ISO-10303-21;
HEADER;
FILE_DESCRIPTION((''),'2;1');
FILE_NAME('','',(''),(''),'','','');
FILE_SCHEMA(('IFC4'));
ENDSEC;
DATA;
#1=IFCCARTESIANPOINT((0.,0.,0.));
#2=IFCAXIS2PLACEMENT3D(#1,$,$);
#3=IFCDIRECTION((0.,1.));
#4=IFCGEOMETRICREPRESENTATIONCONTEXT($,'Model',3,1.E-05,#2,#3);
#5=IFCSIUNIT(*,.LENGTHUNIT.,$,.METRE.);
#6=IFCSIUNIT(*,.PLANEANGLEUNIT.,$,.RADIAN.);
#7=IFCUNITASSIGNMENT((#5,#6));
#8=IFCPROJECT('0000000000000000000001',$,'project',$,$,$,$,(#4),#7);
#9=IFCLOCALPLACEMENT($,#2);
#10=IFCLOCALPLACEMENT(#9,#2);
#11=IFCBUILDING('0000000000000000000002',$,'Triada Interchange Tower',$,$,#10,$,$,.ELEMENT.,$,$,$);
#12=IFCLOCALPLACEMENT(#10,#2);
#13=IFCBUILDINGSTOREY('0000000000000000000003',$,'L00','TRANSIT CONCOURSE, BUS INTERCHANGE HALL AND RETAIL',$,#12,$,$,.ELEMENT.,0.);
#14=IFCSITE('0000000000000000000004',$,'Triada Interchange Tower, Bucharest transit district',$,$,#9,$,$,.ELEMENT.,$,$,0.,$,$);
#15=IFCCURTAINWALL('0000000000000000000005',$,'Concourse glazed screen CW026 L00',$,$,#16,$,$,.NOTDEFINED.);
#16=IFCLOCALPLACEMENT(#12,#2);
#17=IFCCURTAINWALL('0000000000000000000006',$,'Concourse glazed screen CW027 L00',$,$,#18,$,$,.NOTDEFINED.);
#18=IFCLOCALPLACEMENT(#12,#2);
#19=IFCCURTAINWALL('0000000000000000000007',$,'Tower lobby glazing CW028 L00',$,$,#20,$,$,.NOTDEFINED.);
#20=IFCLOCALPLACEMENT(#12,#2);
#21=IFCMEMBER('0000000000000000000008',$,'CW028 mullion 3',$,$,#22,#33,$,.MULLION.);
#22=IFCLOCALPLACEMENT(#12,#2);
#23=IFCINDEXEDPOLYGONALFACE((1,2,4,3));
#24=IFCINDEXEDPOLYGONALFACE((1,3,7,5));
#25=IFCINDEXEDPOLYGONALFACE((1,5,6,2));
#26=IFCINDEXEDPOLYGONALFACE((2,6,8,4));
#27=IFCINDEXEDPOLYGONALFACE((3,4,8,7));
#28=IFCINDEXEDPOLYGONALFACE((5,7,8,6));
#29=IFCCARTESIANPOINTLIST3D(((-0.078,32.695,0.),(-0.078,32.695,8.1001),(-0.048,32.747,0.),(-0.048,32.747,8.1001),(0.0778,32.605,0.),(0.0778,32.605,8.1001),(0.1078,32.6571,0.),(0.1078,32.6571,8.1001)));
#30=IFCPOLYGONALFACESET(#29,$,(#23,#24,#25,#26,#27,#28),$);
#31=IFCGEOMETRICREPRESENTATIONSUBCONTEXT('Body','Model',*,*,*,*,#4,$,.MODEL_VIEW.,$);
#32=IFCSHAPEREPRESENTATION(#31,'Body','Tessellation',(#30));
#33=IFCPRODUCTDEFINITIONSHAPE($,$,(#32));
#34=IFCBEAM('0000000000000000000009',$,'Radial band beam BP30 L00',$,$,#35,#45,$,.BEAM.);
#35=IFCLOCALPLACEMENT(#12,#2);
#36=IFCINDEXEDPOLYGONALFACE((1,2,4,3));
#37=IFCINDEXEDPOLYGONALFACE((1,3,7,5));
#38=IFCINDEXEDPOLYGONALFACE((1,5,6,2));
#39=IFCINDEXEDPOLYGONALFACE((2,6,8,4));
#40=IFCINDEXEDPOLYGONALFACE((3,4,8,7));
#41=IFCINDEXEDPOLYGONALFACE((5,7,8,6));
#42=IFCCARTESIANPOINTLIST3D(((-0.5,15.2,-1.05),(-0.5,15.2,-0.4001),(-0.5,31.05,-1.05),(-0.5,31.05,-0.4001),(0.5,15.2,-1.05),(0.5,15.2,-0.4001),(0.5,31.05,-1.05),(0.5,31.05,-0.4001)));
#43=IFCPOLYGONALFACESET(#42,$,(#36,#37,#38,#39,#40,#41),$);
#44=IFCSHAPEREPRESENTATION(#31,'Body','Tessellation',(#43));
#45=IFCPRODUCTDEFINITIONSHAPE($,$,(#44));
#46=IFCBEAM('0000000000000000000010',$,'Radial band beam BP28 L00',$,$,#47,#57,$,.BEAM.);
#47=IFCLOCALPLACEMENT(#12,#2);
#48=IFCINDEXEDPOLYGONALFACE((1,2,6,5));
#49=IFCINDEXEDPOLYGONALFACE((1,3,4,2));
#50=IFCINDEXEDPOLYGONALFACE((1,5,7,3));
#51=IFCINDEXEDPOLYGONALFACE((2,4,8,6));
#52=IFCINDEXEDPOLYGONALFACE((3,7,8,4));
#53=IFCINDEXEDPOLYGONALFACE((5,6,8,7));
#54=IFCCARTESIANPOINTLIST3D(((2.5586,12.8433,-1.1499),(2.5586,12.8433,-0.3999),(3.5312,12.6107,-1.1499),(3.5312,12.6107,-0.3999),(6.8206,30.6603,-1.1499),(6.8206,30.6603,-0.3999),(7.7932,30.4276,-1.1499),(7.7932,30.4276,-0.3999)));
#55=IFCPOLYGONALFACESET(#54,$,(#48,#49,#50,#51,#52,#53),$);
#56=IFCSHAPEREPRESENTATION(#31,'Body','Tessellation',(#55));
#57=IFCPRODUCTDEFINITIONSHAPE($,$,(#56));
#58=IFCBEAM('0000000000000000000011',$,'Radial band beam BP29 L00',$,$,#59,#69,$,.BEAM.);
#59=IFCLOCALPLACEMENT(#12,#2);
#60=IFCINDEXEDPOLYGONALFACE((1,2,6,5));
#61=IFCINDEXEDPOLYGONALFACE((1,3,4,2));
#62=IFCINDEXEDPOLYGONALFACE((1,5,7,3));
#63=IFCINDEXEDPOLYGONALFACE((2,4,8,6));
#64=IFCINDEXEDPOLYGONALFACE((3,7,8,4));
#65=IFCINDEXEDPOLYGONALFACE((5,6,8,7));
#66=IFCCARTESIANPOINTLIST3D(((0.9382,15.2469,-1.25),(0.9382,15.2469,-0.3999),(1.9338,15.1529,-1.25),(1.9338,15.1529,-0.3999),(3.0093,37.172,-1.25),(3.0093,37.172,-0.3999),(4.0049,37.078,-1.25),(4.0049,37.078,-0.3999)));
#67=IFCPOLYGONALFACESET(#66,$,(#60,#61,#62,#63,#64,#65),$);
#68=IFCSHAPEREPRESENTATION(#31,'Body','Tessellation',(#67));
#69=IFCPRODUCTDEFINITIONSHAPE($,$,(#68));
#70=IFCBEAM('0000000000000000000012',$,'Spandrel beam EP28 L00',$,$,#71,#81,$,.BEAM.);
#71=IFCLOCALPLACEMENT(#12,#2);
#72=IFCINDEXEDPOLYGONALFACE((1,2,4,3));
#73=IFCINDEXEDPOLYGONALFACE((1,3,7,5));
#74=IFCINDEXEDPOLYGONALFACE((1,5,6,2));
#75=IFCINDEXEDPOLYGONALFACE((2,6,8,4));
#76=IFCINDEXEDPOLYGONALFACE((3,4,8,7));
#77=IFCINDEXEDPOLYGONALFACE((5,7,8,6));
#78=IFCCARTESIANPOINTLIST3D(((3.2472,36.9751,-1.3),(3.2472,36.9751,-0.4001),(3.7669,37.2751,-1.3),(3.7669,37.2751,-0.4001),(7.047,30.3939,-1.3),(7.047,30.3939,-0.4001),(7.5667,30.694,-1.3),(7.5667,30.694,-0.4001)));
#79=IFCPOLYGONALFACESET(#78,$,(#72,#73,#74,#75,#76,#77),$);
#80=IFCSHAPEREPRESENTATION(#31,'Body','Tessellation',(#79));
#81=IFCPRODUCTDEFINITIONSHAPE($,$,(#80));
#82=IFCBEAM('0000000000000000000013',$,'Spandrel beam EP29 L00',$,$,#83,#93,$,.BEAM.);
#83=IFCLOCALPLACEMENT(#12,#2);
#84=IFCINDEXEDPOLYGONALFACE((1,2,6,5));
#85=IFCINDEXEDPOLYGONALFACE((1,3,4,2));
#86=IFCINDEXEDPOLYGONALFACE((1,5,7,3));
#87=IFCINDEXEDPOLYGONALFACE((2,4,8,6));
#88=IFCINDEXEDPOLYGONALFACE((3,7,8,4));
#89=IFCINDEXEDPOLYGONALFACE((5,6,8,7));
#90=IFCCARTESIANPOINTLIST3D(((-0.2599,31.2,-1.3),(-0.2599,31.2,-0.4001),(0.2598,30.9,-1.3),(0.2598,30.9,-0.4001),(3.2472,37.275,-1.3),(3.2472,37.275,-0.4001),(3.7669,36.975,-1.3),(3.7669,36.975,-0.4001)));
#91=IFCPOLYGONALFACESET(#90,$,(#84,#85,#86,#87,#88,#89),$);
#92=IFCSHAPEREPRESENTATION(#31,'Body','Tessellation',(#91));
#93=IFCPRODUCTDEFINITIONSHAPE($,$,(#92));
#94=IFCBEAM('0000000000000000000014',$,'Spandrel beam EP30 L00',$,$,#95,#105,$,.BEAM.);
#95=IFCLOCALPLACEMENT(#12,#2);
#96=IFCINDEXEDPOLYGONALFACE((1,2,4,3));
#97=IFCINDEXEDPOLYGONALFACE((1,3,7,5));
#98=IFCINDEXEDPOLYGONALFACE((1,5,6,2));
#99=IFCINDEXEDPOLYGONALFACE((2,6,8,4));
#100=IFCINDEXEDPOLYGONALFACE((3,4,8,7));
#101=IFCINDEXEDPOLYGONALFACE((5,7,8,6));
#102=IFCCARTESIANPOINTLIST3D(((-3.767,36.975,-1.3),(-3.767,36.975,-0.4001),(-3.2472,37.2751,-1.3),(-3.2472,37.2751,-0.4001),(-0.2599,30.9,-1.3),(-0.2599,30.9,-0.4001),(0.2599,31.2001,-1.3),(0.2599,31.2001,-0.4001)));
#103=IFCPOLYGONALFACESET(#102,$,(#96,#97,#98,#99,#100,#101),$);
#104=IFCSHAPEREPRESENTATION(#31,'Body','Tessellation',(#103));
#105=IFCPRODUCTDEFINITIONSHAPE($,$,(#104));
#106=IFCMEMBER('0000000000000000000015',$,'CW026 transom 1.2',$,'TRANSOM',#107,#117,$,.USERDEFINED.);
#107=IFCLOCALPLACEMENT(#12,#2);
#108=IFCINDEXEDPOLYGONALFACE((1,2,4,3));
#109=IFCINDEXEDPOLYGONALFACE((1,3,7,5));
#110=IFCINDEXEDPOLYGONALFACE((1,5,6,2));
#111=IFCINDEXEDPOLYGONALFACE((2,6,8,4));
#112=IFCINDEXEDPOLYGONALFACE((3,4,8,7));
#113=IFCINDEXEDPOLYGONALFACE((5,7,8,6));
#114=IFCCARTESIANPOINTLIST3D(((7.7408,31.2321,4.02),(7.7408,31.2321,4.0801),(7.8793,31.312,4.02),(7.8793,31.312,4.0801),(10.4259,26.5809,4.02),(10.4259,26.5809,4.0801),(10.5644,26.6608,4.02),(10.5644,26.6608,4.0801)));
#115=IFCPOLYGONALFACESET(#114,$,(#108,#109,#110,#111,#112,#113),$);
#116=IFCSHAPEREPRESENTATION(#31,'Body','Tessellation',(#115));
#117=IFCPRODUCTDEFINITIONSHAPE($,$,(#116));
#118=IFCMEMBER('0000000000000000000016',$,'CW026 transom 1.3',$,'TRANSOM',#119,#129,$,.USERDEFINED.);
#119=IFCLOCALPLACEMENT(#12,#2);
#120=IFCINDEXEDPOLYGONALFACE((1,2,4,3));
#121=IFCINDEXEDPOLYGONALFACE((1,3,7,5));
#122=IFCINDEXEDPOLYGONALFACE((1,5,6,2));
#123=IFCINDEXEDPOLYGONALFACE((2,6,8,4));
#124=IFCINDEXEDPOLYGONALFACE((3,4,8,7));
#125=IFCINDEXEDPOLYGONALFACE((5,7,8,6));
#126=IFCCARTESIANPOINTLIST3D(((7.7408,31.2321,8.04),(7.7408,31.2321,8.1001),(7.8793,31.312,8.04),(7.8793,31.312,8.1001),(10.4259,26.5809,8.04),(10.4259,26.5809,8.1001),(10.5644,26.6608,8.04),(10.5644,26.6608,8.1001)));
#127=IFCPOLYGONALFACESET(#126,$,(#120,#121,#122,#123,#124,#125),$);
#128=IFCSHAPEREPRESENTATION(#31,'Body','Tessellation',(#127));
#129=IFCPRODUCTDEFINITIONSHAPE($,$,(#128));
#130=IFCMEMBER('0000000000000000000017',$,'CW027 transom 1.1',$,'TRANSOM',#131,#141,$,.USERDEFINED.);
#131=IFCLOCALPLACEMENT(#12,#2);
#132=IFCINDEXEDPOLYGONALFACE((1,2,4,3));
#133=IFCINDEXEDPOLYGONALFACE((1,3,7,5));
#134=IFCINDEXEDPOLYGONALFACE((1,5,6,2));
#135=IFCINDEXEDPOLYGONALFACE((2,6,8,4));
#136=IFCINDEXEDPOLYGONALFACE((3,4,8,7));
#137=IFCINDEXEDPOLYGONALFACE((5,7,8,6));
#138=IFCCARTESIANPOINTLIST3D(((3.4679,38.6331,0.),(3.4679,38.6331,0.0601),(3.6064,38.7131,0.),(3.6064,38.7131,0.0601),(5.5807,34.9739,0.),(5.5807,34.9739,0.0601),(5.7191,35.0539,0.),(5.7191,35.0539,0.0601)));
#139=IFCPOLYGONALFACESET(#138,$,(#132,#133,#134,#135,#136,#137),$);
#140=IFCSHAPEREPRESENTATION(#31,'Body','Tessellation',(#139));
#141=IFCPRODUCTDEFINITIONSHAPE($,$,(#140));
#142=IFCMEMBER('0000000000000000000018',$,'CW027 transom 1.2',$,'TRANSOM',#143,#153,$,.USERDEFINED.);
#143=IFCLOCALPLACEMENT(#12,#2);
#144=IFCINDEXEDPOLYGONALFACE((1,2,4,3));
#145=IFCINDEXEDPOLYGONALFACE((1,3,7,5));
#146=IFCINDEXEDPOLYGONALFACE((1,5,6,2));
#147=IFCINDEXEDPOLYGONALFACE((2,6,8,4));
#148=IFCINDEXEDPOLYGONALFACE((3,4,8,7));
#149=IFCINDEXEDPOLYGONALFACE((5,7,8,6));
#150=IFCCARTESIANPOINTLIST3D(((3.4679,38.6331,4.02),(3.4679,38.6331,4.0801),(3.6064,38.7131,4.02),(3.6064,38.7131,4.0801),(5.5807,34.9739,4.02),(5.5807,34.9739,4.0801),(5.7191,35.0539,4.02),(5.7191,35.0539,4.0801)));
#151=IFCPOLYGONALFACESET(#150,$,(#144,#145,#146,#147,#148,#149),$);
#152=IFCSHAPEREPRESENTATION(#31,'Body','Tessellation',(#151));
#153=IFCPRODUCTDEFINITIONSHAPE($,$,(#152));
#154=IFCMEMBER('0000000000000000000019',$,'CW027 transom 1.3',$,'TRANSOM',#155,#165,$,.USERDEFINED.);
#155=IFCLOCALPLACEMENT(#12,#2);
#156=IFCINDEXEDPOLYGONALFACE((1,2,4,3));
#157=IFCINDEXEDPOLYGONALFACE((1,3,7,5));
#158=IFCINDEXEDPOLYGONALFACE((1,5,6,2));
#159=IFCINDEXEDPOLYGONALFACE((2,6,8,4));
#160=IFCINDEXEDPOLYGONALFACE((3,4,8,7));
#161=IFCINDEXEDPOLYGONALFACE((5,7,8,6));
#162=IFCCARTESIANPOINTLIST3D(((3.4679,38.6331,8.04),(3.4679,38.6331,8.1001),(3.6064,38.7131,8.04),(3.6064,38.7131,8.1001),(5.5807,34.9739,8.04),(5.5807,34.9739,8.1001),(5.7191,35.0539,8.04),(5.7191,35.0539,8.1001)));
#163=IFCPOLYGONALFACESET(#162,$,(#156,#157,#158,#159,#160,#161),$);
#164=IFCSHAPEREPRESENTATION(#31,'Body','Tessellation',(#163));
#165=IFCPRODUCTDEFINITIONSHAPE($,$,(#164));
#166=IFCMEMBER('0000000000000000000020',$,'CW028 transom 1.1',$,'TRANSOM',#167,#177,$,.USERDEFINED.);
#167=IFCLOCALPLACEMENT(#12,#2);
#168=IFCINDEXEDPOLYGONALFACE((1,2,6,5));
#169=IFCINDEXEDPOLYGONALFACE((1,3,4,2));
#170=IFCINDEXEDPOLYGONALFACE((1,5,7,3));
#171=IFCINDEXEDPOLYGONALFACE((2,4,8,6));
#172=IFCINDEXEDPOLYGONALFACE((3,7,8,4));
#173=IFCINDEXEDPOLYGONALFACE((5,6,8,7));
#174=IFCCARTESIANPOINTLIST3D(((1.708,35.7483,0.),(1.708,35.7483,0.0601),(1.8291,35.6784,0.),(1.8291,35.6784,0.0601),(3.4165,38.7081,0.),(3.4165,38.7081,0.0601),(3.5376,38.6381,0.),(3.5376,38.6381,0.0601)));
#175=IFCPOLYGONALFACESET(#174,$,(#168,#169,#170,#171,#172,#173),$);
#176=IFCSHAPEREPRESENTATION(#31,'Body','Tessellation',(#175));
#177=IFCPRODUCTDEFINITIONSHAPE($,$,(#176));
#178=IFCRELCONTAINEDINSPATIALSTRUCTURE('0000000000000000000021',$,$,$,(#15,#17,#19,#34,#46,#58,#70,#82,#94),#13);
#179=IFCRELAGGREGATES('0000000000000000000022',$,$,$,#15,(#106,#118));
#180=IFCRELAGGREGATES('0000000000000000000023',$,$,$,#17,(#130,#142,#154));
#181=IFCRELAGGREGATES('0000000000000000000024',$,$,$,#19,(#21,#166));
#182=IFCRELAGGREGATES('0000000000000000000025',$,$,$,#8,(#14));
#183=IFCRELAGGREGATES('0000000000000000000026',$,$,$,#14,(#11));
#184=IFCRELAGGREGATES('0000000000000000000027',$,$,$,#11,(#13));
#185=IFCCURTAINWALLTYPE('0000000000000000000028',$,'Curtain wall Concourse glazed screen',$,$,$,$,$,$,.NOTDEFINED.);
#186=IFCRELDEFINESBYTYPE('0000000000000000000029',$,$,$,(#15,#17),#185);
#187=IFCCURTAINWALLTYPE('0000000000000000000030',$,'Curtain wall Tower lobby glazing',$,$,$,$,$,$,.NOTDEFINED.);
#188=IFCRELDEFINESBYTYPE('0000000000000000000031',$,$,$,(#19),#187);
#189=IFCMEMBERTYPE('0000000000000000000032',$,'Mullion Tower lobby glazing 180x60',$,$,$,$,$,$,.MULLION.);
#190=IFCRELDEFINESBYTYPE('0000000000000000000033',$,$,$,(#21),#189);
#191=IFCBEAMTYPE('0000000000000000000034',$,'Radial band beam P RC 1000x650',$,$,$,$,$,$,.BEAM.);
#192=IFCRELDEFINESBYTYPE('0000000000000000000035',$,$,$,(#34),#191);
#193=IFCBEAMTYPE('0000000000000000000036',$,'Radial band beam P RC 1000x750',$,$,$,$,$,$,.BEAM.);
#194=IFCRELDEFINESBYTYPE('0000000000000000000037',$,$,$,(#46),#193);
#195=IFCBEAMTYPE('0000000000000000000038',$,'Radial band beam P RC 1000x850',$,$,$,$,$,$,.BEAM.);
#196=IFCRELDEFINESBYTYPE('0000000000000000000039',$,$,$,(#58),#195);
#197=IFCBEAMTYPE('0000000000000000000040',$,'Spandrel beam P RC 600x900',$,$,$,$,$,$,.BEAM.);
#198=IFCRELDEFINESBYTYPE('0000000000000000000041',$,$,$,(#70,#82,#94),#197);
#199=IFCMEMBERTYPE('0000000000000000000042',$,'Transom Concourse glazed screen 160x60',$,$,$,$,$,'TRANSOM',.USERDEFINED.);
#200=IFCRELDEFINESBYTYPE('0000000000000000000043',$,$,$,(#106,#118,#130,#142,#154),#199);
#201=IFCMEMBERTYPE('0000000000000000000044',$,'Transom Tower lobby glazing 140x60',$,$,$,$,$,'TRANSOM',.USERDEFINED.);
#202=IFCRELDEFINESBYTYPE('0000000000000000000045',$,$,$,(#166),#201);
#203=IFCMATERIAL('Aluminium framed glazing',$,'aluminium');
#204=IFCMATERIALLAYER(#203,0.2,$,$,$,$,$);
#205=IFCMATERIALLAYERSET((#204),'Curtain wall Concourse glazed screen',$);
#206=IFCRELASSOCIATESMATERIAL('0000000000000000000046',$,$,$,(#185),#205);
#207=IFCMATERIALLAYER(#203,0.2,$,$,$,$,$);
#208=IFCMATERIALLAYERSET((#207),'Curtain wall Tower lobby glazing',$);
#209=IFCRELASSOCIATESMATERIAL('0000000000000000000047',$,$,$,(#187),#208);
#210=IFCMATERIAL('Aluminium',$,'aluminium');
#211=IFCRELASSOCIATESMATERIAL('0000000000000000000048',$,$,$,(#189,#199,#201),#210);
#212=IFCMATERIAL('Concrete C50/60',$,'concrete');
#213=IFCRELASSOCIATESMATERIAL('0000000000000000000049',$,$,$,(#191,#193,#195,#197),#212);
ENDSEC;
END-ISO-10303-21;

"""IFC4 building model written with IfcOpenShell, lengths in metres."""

from ifc_helpers import new_model, si_unit, direction, frame, origin, origin_2d, place, context, subcontext, project, spatial, rectangle, extrude, material, layer, layer_set, material_profile, profile_set, type_object, element, aggregate, save


model = new_model("IFC4")

# Units and contexts
model_context = context("Model", 3, precision=1e-05, world=origin(), true_north=direction((0.0, 1.0)))
body_context = subcontext(model_context, "Body", "Model", "MODEL_VIEW")
ifc_project = project(units=[si_unit("LENGTHUNIT", "METRE"), si_unit("PLANEANGLEUNIT", "RADIAN")], contexts=[model_context])

# Site, building, storey
site_placement = place(None, origin())
site = spatial("IfcSite", under=ifc_project, at=site_placement, Name="Triada Interchange Tower, Bucharest transit district", CompositionType="ELEMENT", RefElevation=0.0)
building_placement = place(site_placement, origin())
building = spatial("IfcBuilding", under=site, at=building_placement, Name="Triada Interchange Tower", CompositionType="ELEMENT")
storey_placement = place(building_placement, origin())
storey = spatial("IfcBuildingStorey", under=building, at=storey_placement, Name="L00", Description="TRANSIT CONCOURSE, BUS INTERCHANGE HALL AND RETAIL", CompositionType="ELEMENT", Elevation=0.0)

# Curtain wall
ifc_material_1 = material(Name="Aluminium framed glazing", Category="aluminium")
ifc_layer_1 = layer(ifc_material_1, 0.2)
ifc_layer_set_1 = layer_set([ifc_layer_1], Name="Curtain wall Concourse glazed screen")
curtain_wall_type_1 = type_object("IfcCurtainWallType", Name="Curtain wall Concourse glazed screen", PredefinedType="NOTDEFINED", material=ifc_layer_set_1)
curtain_wall_1_placement = place(storey_placement, origin())
curtain_wall_1 = element("IfcCurtainWall", 1, at=curtain_wall_1_placement, inside=storey, type_object=curtain_wall_type_1, Name="Concourse glazed screen CW026 L00", PredefinedType="NOTDEFINED")
ifc_material_2 = material(Name="Aluminium", Category="aluminium")

# Curtain walls, member
curtain_wall_2_placement = place(storey_placement, origin())
curtain_wall_2 = element("IfcCurtainWall", 2, at=curtain_wall_2_placement, inside=storey, type_object=curtain_wall_type_1, Name="Concourse glazed screen CW027 L00", PredefinedType="NOTDEFINED")
ifc_layer_2 = layer(ifc_material_1, 0.2)
ifc_layer_set_2 = layer_set([ifc_layer_2], Name="Curtain wall Tower lobby glazing")
curtain_wall_type_2 = type_object("IfcCurtainWallType", Name="Curtain wall Tower lobby glazing", PredefinedType="NOTDEFINED", material=ifc_layer_set_2)
curtain_wall_3_placement = place(storey_placement, origin())
curtain_wall_3 = element("IfcCurtainWall", 3, at=curtain_wall_3_placement, inside=storey, type_object=curtain_wall_type_2, Name="Tower lobby glazing CW028 L00", PredefinedType="NOTDEFINED")
ifc_material_profile_1 = material_profile(ifc_material_2, rectangle(XDim=0.1799, YDim=0.0601, at=origin_2d()), Name="Aluminium mullion")
ifc_profile_set_1 = profile_set([ifc_material_profile_1], Name="Aluminium")
member_type_1 = type_object("IfcMemberType", Name="Mullion Tower lobby glazing 180x60", PredefinedType="MULLION", material=ifc_profile_set_1)
member_1_placement = place(storey_placement, frame((0.0149, 32.676, 0.0), z_axis=(0.0, 0.0, 1.0), x_axis=(0.86605, -0.499957, 0.0)))
member_1 = element("IfcMember", 4, at=member_1_placement, type_object=member_type_1, Name="CW028 mullion 3", PredefinedType="MULLION", context=body_context, shape_type="SweptSolid", body=[
    extrude(rectangle(XDim=0.1799, YDim=0.0601, at=origin_2d()), origin(), (0.0, 0.0, 1.0), 8.1001),
])

# Beams
ifc_material_3 = material(Name="Concrete C50/60", Category="concrete")
ifc_material_profile_2 = material_profile(ifc_material_3, rectangle(XDim=1.0, YDim=0.6499, at=origin_2d()), Name="RC 1000x650")
ifc_profile_set_2 = profile_set([ifc_material_profile_2], Name="Concrete C50/60")
beam_type_1 = type_object("IfcBeamType", Name="Radial band beam P RC 1000x650", PredefinedType="BEAM", material=ifc_profile_set_2)
beam_1_placement = place(storey_placement, frame((0.0, 31.05, -0.7251), z_axis=(0.0, -1.0, 0.0), x_axis=(1.0, 0.0, 0.0)))
element("IfcBeam", 5, at=beam_1_placement, inside=storey, type_object=beam_type_1, Name="Radial band beam BP30 L00", PredefinedType="BEAM", context=body_context, shape_type="SweptSolid", body=[
    extrude(rectangle(XDim=1.0, YDim=0.6499, at=origin_2d()), origin(), (0.0, 0.0, 1.0), 15.8501),
])
ifc_material_profile_3 = material_profile(ifc_material_3, rectangle(XDim=1.0, YDim=0.75, at=origin_2d()), Name="RC 1000x750")
ifc_profile_set_3 = profile_set([ifc_material_profile_3], Name="Concrete C50/60")
beam_type_2 = type_object("IfcBeamType", Name="Radial band beam P RC 1000x750", PredefinedType="BEAM", material=ifc_profile_set_3)
beam_2_placement = place(storey_placement, frame((7.3069, 30.5439, -0.7749), z_axis=(-0.232646, -0.972562, 0.0), x_axis=(0.972562, -0.232646, 0.0)))
element("IfcBeam", 6, at=beam_2_placement, inside=storey, type_object=beam_type_2, Name="Radial band beam BP28 L00", PredefinedType="BEAM", context=body_context, shape_type="SweptSolid", body=[
    extrude(rectangle(XDim=1.0, YDim=0.75, at=origin_2d()), origin(), (0.0, 0.0, 1.0), 18.3196),
])
ifc_material_profile_4 = material_profile(ifc_material_3, rectangle(XDim=1.0, YDim=0.8501, at=origin_2d()), Name="RC 1000x850")
ifc_profile_set_4 = profile_set([ifc_material_profile_4], Name="Concrete C50/60")
beam_type_3 = type_object("IfcBeamType", Name="Radial band beam P RC 1000x850", PredefinedType="BEAM", material=ifc_profile_set_4)
beam_3_placement = place(storey_placement, frame((3.5071, 37.125, -0.825), z_axis=(-0.094042, -0.995568, 0.0), x_axis=(0.995568, -0.094042, 0.0)))
element("IfcBeam", 7, at=beam_3_placement, inside=storey, type_object=beam_type_3, Name="Radial band beam BP29 L00", PredefinedType="BEAM", context=body_context, shape_type="SweptSolid", body=[
    extrude(rectangle(XDim=1.0, YDim=0.8501, at=origin_2d()), origin(), (0.0, 0.0, 1.0), 22.0227),
])
ifc_material_profile_5 = material_profile(ifc_material_3, rectangle(XDim=0.6001, YDim=0.8999, at=origin_2d()), Name="RC 600x900")
ifc_profile_set_5 = profile_set([ifc_material_profile_5], Name="Concrete C50/60")
beam_type_4 = type_object("IfcBeamType", Name="Spandrel beam P RC 600x900", PredefinedType="BEAM", material=ifc_profile_set_5)
beam_4_placement = place(storey_placement, frame((7.3069, 30.5439, -0.8501), z_axis=(-0.500023, 0.866012, 0.0), x_axis=(-0.866012, -0.500023, 0.0)))
element("IfcBeam", 8, at=beam_4_placement, inside=storey, type_object=beam_type_4, Name="Spandrel beam EP28 L00", PredefinedType="BEAM", context=body_context, shape_type="SweptSolid", body=[
    extrude(rectangle(XDim=0.6001, YDim=0.8999, at=origin_2d()), origin(), (0.0, 0.0, 1.0), 7.5994),
])
for number, where, z_axis, x_axis, name in (
    (9, (3.5071, 37.125, -0.8501), (-0.499968, -0.866044, 0.0), (0.866044, -0.499968, 0.0), "Spandrel beam EP29 L00"),
    (10, (0.0, 31.05, -0.8501), (-0.499968, 0.866044, 0.0), (-0.866044, -0.499968, 0.0), "Spandrel beam EP30 L00"),
):
    element("IfcBeam", number, at=place(storey_placement, frame(where, z_axis=z_axis, x_axis=x_axis)), inside=storey, type_object=beam_type_4, Name=name, PredefinedType="BEAM", context=body_context, shape_type="SweptSolid", body=[
        extrude(rectangle(XDim=0.6001, YDim=0.8999, at=origin_2d()), origin(), (0.0, 0.0, 1.0), 7.0146),
    ])

# Members
ifc_material_profile_6 = material_profile(ifc_material_2, rectangle(XDim=0.1599, YDim=0.0601, at=origin_2d()), Name="Aluminium transom")
ifc_profile_set_6 = profile_set([ifc_material_profile_6], Name="Aluminium")
member_type_2 = type_object("IfcMemberType", Name="Transom Concourse glazed screen 160x60", ElementType="TRANSOM", PredefinedType="USERDEFINED", material=ifc_profile_set_6)
member_2_placement = place(storey_placement, frame((10.4951, 26.6208, 4.05), z_axis=(-0.499962, 0.866047, 0.0), x_axis=(-0.866047, -0.499962, 0.0)))
member_2 = element("IfcMember", 11, at=member_2_placement, type_object=member_type_2, Name="CW026 transom 1.2", ObjectType="TRANSOM", PredefinedType="USERDEFINED", context=body_context, shape_type="SweptSolid", body=[
    extrude(rectangle(XDim=0.1599, YDim=0.0601, at=origin_2d()), origin(), (0.0, 0.0, 1.0), 5.3706),
])
member_3_placement = place(storey_placement, frame((10.4951, 26.6208, 8.0701), z_axis=(-0.499962, 0.866047, 0.0), x_axis=(-0.866047, -0.499962, 0.0)))
member_3 = element("IfcMember", 12, at=member_3_placement, type_object=member_type_2, Name="CW026 transom 1.3", ObjectType="TRANSOM", PredefinedType="USERDEFINED", context=body_context, shape_type="SweptSolid", body=[
    extrude(rectangle(XDim=0.1599, YDim=0.0601, at=origin_2d()), origin(), (0.0, 0.0, 1.0), 5.3706),
])
member_4_placement = place(storey_placement, frame((5.6499, 35.0139, 0.03), z_axis=(-0.500029, 0.866009, 0.0), x_axis=(-0.866009, -0.500029, 0.0)))
member_4 = element("IfcMember", 13, at=member_4_placement, type_object=member_type_2, Name="CW027 transom 1.1", ObjectType="TRANSOM", PredefinedType="USERDEFINED", context=body_context, shape_type="SweptSolid", body=[
    extrude(rectangle(XDim=0.1599, YDim=0.0601, at=origin_2d()), origin(), (0.0, 0.0, 1.0), 4.2253),
])
member_5_placement = place(storey_placement, frame((5.6499, 35.0139, 4.05), z_axis=(-0.500029, 0.866009, 0.0), x_axis=(-0.866009, -0.500029, 0.0)))
member_5 = element("IfcMember", 14, at=member_5_placement, type_object=member_type_2, Name="CW027 transom 1.2", ObjectType="TRANSOM", PredefinedType="USERDEFINED", context=body_context, shape_type="SweptSolid", body=[
    extrude(rectangle(XDim=0.1599, YDim=0.0601, at=origin_2d()), origin(), (0.0, 0.0, 1.0), 4.2253),
])
member_6_placement = place(storey_placement, frame((5.6499, 35.0139, 8.0701), z_axis=(-0.500029, 0.866009, 0.0), x_axis=(-0.866009, -0.500029, 0.0)))
member_6 = element("IfcMember", 15, at=member_6_placement, type_object=member_type_2, Name="CW027 transom 1.3", ObjectType="TRANSOM", PredefinedType="USERDEFINED", context=body_context, shape_type="SweptSolid", body=[
    extrude(rectangle(XDim=0.1599, YDim=0.0601, at=origin_2d()), origin(), (0.0, 0.0, 1.0), 4.2253),
])
ifc_material_profile_7 = material_profile(ifc_material_2, rectangle(XDim=0.1399, YDim=0.0601, at=origin_2d()), Name="Aluminium transom")
ifc_profile_set_7 = profile_set([ifc_material_profile_7], Name="Aluminium")
member_type_3 = type_object("IfcMemberType", Name="Transom Tower lobby glazing 140x60", ElementType="TRANSOM", PredefinedType="USERDEFINED", material=ifc_profile_set_7)
member_7_placement = place(storey_placement, frame((3.4771, 38.6731, 0.03), z_axis=(-0.499935, -0.866063, 0.0), x_axis=(0.866063, -0.499935, 0.0)))
member_7 = element("IfcMember", 16, at=member_7_placement, type_object=member_type_3, Name="CW028 transom 1.1", ObjectType="TRANSOM", PredefinedType="USERDEFINED", context=body_context, shape_type="SweptSolid", body=[
    extrude(rectangle(XDim=0.1399, YDim=0.0601, at=origin_2d()), origin(), (0.0, 0.0, 1.0), 3.4175),
])

aggregate(curtain_wall_1, [member_2, member_3])
aggregate(curtain_wall_2, [member_4, member_5, member_6])
aggregate(curtain_wall_3, [member_1, member_7])

save(model, "model.ifc")
